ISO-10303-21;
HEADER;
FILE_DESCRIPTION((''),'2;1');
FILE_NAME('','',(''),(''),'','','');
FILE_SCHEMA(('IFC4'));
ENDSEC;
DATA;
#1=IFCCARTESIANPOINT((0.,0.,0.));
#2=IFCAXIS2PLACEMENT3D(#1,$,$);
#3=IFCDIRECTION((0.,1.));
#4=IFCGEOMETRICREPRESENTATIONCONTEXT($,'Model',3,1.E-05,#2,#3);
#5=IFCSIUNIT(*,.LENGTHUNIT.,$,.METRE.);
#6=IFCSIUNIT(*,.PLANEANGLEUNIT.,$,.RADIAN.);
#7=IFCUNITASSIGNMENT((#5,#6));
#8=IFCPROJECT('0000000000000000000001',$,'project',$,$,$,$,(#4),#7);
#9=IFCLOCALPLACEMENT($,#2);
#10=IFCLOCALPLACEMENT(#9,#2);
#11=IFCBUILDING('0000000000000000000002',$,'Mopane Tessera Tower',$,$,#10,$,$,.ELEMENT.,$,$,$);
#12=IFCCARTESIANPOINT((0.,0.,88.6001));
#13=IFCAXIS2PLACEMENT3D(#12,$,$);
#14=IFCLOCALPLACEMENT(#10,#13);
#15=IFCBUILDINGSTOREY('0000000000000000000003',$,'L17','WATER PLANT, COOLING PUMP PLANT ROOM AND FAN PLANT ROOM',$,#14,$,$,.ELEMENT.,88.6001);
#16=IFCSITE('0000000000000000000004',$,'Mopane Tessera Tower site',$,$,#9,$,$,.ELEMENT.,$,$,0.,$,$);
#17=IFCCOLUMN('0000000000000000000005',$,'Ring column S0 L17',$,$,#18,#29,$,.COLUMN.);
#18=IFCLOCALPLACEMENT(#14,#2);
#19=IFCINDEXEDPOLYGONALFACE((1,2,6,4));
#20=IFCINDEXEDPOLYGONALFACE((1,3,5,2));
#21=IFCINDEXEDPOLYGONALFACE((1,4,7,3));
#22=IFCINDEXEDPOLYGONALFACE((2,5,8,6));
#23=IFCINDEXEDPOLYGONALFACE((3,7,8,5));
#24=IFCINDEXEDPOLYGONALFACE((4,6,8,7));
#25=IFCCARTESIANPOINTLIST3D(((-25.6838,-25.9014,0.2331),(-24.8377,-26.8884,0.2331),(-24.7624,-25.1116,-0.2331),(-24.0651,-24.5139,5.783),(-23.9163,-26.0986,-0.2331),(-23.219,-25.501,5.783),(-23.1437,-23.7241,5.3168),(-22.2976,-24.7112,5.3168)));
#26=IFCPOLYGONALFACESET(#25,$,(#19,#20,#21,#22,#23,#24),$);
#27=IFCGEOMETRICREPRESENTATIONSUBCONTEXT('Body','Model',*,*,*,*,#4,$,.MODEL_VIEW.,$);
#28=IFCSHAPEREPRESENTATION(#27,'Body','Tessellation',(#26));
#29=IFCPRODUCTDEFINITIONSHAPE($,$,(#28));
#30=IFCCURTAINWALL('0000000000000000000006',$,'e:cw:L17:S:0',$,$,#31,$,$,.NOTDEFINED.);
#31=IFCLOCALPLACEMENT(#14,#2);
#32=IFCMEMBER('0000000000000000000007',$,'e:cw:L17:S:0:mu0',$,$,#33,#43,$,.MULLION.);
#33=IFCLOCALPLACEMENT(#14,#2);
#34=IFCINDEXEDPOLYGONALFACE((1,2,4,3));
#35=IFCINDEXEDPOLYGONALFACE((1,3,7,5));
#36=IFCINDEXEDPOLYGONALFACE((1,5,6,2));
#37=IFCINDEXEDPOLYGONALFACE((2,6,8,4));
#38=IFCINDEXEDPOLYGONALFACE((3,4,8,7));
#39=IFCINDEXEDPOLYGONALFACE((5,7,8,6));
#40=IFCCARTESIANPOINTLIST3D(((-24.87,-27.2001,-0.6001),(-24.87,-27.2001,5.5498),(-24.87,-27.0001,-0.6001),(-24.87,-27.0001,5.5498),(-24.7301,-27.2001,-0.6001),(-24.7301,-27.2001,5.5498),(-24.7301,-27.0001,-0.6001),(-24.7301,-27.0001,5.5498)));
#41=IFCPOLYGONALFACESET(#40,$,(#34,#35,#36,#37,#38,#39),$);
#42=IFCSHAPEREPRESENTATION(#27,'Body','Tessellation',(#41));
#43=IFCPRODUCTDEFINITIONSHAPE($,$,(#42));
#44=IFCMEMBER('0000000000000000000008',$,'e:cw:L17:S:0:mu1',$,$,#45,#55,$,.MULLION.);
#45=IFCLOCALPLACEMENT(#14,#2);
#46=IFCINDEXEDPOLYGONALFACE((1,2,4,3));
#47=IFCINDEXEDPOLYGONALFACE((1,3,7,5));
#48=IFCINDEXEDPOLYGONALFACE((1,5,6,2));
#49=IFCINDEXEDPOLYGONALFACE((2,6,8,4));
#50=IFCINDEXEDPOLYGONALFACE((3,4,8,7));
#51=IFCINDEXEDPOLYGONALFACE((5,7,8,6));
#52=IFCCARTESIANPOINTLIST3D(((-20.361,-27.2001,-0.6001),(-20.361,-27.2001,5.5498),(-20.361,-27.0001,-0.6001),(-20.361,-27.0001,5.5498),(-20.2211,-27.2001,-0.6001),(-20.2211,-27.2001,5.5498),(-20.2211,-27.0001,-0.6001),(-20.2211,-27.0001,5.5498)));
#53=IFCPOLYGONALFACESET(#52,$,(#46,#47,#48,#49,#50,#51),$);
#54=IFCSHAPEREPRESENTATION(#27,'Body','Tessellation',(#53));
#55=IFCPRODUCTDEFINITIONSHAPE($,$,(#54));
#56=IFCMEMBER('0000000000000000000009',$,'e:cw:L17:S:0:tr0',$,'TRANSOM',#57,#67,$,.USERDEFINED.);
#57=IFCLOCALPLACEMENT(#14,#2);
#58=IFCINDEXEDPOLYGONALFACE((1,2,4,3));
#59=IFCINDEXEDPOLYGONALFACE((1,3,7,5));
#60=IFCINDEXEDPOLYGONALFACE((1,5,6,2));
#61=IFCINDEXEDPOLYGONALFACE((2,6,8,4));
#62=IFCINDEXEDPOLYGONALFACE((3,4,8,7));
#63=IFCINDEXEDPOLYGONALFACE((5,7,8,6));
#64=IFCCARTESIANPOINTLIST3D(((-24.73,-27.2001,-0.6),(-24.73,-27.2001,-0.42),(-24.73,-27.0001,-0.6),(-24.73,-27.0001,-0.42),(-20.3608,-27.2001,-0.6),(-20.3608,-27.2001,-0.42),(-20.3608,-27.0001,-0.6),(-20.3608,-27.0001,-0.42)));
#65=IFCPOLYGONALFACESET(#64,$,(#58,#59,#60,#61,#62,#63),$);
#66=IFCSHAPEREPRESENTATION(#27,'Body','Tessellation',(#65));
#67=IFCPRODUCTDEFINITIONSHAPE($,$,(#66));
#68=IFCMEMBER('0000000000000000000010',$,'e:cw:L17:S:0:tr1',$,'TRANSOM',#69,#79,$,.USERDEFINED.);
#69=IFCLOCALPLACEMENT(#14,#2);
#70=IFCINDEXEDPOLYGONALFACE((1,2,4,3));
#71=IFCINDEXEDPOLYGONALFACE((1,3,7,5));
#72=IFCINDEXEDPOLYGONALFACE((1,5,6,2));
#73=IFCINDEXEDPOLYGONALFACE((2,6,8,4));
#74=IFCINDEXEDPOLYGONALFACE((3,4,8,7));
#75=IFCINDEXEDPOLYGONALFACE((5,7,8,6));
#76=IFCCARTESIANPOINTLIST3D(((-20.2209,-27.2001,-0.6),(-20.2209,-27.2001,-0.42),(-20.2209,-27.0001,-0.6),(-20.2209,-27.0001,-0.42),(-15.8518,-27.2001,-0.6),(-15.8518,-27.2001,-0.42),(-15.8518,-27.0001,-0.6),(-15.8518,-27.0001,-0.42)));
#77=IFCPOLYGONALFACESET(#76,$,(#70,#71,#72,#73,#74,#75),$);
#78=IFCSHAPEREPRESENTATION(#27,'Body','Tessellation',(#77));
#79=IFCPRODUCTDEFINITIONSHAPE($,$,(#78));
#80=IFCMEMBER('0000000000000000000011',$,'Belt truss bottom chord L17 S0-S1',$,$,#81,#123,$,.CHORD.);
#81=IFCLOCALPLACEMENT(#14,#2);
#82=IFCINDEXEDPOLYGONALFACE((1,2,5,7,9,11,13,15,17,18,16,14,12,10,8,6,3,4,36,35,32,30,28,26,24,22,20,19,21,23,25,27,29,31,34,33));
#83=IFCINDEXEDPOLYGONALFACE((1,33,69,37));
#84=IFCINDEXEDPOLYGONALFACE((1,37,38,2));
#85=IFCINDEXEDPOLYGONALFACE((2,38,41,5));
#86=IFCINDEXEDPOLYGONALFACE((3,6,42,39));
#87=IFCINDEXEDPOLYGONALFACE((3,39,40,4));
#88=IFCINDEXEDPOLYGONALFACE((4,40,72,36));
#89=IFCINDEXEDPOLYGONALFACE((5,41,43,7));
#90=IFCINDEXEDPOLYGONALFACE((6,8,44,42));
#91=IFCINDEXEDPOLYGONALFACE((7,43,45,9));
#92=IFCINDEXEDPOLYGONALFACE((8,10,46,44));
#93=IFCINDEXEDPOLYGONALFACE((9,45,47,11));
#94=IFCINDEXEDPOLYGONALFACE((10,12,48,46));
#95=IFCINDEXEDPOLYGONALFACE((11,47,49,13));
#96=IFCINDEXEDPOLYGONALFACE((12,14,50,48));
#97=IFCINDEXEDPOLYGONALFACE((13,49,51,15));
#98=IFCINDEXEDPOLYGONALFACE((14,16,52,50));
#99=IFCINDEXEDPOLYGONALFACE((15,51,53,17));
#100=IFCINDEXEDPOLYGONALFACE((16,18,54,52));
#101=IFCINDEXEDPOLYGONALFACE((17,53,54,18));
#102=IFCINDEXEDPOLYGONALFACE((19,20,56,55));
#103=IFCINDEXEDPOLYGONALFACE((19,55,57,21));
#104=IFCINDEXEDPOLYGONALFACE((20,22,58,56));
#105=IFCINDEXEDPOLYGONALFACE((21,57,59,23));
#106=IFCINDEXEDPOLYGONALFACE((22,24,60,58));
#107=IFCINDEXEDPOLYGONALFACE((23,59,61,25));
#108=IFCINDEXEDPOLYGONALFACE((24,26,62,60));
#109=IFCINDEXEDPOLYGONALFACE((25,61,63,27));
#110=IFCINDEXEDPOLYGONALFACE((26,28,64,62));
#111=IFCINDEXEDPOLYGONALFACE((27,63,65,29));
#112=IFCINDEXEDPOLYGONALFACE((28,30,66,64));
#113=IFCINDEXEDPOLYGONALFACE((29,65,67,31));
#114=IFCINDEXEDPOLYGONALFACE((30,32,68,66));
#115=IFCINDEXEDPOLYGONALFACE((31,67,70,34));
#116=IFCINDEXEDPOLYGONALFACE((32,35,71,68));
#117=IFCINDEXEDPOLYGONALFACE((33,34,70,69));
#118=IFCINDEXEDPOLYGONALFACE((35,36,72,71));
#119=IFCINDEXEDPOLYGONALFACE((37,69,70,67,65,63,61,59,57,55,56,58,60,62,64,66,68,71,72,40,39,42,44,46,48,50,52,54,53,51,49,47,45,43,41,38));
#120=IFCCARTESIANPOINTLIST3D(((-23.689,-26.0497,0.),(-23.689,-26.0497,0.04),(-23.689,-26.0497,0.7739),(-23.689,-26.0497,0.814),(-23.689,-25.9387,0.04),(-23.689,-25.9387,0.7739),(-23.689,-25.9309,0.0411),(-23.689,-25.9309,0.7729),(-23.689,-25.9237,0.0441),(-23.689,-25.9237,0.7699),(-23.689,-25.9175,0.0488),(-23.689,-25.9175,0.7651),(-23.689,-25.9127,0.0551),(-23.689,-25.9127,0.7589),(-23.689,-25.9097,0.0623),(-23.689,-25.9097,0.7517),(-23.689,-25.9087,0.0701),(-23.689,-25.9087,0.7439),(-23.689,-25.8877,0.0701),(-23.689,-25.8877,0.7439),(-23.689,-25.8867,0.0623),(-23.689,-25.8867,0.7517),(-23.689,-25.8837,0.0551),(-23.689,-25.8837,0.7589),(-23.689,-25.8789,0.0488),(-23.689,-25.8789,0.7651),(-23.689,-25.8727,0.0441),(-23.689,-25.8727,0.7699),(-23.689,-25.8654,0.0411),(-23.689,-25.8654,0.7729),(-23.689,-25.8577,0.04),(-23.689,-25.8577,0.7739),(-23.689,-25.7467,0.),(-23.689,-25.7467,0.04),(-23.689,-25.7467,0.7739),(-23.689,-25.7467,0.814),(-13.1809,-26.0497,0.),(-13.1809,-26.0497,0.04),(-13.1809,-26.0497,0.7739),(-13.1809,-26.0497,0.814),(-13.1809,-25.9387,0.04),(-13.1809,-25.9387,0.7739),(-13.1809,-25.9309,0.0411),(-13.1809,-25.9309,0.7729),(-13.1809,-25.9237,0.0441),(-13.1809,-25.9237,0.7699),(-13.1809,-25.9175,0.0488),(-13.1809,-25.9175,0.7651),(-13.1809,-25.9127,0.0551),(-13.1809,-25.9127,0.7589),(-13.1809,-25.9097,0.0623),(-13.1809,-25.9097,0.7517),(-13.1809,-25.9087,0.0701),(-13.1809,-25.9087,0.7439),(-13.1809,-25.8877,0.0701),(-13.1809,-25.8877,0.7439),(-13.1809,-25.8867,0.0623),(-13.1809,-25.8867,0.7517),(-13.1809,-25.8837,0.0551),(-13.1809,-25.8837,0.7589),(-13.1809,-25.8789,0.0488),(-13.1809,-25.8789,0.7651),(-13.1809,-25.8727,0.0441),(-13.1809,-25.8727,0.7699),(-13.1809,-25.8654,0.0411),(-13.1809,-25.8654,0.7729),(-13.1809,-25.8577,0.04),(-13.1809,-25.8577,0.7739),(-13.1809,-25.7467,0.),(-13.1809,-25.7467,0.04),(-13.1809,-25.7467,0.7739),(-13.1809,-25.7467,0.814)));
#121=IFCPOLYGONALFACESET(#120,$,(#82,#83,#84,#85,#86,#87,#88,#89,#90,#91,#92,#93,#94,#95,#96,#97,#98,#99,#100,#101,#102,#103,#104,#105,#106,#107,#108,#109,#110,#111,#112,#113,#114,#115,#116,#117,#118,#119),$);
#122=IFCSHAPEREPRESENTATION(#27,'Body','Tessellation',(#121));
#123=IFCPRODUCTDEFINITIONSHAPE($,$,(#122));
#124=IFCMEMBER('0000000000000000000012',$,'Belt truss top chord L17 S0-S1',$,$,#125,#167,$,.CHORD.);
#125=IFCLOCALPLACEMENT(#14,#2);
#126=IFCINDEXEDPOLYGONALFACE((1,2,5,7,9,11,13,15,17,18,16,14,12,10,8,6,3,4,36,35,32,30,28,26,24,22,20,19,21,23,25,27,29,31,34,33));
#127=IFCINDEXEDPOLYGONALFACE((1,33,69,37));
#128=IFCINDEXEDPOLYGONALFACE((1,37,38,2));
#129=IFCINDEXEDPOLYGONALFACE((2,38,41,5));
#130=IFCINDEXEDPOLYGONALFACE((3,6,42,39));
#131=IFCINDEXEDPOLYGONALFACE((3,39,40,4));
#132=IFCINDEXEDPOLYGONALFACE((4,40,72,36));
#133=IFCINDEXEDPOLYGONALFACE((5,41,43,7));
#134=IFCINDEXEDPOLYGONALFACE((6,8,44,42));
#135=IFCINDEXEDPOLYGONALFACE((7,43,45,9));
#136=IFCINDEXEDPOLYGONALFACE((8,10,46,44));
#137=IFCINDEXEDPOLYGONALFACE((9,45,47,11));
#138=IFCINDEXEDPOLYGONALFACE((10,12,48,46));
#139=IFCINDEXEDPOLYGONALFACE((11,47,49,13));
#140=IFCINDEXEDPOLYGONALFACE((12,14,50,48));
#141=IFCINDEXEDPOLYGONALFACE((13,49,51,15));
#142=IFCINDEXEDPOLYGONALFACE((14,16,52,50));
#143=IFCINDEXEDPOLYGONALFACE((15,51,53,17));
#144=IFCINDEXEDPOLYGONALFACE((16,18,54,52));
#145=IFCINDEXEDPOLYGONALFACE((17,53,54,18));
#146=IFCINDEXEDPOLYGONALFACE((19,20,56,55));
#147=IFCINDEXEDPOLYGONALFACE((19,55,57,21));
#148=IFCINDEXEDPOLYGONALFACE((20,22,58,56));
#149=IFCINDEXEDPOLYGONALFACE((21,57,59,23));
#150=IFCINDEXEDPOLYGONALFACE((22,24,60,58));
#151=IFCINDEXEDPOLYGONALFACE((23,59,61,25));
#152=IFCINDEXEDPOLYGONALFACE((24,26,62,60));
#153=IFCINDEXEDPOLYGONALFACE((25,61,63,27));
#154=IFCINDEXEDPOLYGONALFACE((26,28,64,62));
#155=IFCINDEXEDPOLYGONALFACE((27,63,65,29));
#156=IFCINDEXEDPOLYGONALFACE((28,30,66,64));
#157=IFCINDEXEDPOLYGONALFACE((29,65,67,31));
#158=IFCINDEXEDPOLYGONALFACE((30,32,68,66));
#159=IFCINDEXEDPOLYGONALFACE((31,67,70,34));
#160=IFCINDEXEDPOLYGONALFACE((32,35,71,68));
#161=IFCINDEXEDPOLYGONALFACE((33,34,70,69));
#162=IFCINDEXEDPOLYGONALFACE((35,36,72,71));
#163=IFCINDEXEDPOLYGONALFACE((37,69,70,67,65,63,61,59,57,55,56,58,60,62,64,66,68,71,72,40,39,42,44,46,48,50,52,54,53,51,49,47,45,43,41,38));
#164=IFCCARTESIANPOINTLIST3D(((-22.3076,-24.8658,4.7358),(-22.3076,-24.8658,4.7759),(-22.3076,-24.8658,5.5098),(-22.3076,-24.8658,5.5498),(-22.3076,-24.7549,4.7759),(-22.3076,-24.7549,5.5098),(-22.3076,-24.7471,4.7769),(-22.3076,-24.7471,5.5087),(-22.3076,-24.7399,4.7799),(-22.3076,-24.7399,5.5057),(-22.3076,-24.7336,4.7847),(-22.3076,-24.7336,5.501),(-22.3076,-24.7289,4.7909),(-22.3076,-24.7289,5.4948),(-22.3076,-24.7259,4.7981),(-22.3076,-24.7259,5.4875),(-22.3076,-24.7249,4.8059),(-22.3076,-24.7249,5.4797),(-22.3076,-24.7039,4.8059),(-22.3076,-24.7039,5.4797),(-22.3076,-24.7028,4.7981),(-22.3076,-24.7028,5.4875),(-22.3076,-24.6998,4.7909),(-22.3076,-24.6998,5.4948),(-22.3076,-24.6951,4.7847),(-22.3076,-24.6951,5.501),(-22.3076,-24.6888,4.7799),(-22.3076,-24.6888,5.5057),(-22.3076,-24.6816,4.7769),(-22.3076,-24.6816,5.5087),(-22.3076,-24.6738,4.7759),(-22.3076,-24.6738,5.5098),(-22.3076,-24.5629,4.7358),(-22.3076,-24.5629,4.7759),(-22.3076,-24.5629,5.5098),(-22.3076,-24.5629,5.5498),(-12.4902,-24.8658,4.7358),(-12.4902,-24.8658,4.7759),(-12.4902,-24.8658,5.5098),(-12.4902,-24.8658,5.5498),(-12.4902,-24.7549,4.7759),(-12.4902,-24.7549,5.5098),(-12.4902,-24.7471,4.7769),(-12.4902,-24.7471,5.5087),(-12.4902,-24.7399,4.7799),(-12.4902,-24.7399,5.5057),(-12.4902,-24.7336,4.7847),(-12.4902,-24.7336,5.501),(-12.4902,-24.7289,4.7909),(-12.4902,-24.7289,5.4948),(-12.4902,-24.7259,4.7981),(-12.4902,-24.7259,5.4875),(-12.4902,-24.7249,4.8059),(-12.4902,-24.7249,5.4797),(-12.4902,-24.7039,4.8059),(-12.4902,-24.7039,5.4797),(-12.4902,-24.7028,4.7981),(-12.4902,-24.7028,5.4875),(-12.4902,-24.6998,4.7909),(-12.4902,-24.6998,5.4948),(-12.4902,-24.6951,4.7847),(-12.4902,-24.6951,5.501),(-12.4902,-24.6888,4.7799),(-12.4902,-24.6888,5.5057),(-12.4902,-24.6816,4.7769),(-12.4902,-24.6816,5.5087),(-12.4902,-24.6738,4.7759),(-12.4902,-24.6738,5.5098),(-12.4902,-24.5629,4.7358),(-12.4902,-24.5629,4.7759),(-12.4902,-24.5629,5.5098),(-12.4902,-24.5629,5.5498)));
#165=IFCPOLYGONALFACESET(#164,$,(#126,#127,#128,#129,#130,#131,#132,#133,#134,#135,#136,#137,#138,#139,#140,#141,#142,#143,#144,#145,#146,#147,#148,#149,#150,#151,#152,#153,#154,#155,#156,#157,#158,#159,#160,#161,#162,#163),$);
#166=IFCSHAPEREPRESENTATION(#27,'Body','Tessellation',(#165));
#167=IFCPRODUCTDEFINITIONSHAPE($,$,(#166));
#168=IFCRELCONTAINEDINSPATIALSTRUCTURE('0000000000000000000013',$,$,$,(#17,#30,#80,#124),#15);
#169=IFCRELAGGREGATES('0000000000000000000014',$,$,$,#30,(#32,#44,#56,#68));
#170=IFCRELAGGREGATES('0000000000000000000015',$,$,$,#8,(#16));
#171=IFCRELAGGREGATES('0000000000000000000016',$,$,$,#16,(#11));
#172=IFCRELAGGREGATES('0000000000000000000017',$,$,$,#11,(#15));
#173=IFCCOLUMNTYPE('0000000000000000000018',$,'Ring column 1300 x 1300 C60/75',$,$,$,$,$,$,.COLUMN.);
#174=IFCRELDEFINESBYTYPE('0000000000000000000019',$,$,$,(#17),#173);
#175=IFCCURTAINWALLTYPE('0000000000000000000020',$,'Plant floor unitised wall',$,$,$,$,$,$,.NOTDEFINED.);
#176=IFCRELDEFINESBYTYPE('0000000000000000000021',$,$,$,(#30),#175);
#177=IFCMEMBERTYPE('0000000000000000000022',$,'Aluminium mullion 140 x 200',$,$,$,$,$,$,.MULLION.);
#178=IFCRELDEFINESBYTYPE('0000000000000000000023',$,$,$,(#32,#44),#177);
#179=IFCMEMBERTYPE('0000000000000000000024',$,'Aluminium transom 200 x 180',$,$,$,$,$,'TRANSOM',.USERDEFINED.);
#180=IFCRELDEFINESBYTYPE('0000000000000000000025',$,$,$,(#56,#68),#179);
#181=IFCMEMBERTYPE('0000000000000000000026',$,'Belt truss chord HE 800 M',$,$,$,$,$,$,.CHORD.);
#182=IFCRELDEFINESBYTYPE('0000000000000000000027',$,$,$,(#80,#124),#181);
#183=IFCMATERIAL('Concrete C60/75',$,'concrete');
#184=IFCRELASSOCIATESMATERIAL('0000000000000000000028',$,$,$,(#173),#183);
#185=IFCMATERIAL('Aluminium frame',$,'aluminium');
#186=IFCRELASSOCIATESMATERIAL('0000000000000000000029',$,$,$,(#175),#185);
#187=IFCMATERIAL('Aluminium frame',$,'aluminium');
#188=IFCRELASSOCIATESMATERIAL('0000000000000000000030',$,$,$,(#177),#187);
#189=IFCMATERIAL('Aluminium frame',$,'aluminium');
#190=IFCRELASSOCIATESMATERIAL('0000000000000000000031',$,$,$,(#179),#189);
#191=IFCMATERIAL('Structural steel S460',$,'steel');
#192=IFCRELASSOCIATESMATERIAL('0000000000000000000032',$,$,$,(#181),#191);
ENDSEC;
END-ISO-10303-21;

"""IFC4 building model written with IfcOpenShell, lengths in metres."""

from ifc_helpers import new_model, si_unit, direction, frame, origin, origin_2d, place, context, subcontext, project, spatial, rectangle, i_section, extrude, material, material_profile, profile_set, type_object, element, aggregate, save


model = new_model("IFC4")

# Units and contexts
model_context = context("Model", 3, precision=1e-05, world=origin(), true_north=direction((0.0, 1.0)))
body_context = subcontext(model_context, "Body", "Model", "MODEL_VIEW")
ifc_project = project(units=[si_unit("LENGTHUNIT", "METRE"), si_unit("PLANEANGLEUNIT", "RADIAN")], contexts=[model_context])

# Site, building, storey
site_placement = place(None, origin())
site = spatial("IfcSite", under=ifc_project, at=site_placement, Name="Mopane Tessera Tower site", CompositionType="ELEMENT", RefElevation=0.0)
building_placement = place(site_placement, origin())
building = spatial("IfcBuilding", under=site, at=building_placement, Name="Mopane Tessera Tower", CompositionType="ELEMENT")
storey_placement = place(building_placement, frame((0.0, 0.0, 88.6001)))
storey = spatial("IfcBuildingStorey", under=building, at=storey_placement, Name="L17", Description="WATER PLANT, COOLING PUMP PLANT ROOM AND FAN PLANT ROOM", CompositionType="ELEMENT", Elevation=88.6001)

# Column
ifc_material_1 = material(Name="Concrete C60/75", Category="concrete")
ifc_material_profile_1 = material_profile(ifc_material_1, rectangle(XDim=1.3, YDim=1.3, at=origin_2d()))
ifc_profile_set_1 = profile_set([ifc_material_profile_1], Name="Concrete C60/75")
column_type = type_object("IfcColumnType", Name="Ring column 1300 x 1300 C60/75", PredefinedType="COLUMN", material=ifc_profile_set_1)
column_placement = place(storey_placement, frame((-24.8, -26.0, 0.0), z_axis=(0.272262, 0.233373, 0.933494), x_axis=(-0.650801, 0.759249, 0.0)))
element("IfcColumn", 1, at=column_placement, inside=storey, type_object=column_type, Name="Ring column S0 L17", PredefinedType="COLUMN", context=body_context, shape_type="SweptSolid", body=[
    extrude(rectangle(XDim=1.3, YDim=1.3, at=origin_2d()), origin(), (0.0, 0.0, 1.0), 5.9453),
])

# Curtain wall, members
ifc_material_2 = material(Name="Aluminium frame", Category="aluminium")
curtain_wall_type = type_object("IfcCurtainWallType", Name="Plant floor unitised wall", PredefinedType="NOTDEFINED", material=ifc_material_2)
curtain_wall_placement = place(storey_placement, origin())
curtain_wall = element("IfcCurtainWall", 2, at=curtain_wall_placement, inside=storey, type_object=curtain_wall_type, Name="e:cw:L17:S:0", PredefinedType="NOTDEFINED")
ifc_material_3 = material(Name="Aluminium frame", Category="aluminium")
ifc_material_profile_2 = material_profile(ifc_material_3, rectangle(XDim=0.1399, YDim=0.2, at=origin_2d()))
ifc_profile_set_2 = profile_set([ifc_material_profile_2], Name="Aluminium frame")
member_type_1 = type_object("IfcMemberType", Name="Aluminium mullion 140 x 200", PredefinedType="MULLION", material=ifc_profile_set_2)
member_1_placement = place(storey_placement, frame((-24.8, -27.1001, -0.6001), z_axis=(0.0, 0.0, 1.0), x_axis=(1.0, 0.0, 0.0)))
member_1 = element("IfcMember", 3, at=member_1_placement, type_object=member_type_1, Name="e:cw:L17:S:0:mu0", PredefinedType="MULLION", context=body_context, shape_type="SweptSolid", body=[
    extrude(rectangle(XDim=0.1399, YDim=0.2, at=origin_2d()), origin(), (0.0, 0.0, 1.0), 6.1499),
])
member_2_placement = place(storey_placement, frame((-20.291, -27.1001, -0.6001), z_axis=(0.0, 0.0, 1.0), x_axis=(1.0, 0.0, 0.0)))
member_2 = element("IfcMember", 4, at=member_2_placement, type_object=member_type_1, Name="e:cw:L17:S:0:mu1", PredefinedType="MULLION", context=body_context, shape_type="SweptSolid", body=[
    extrude(rectangle(XDim=0.1399, YDim=0.2, at=origin_2d()), origin(), (0.0, 0.0, 1.0), 6.1499),
])
ifc_material_4 = material(Name="Aluminium frame", Category="aluminium")
ifc_material_profile_3 = material_profile(ifc_material_4, rectangle(XDim=0.2, YDim=0.1799, at=origin_2d()))
ifc_profile_set_3 = profile_set([ifc_material_profile_3], Name="Aluminium frame")
member_type_2 = type_object("IfcMemberType", Name="Aluminium transom 200 x 180", ElementType="TRANSOM", PredefinedType="USERDEFINED", material=ifc_profile_set_3)
member_3_placement = place(storey_placement, frame((-24.73, -27.1001, -0.51), z_axis=(1.0, 0.0, 0.0), x_axis=(0.0, 1.0, 0.0)))
member_3 = element("IfcMember", 5, at=member_3_placement, type_object=member_type_2, Name="e:cw:L17:S:0:tr0", ObjectType="TRANSOM", PredefinedType="USERDEFINED", context=body_context, shape_type="SweptSolid", body=[
    extrude(rectangle(XDim=0.2, YDim=0.1799, at=origin_2d()), origin(), (0.0, 0.0, 1.0), 4.3691),
])
member_4_placement = place(storey_placement, frame((-20.2209, -27.1001, -0.51), z_axis=(1.0, 0.0, 0.0), x_axis=(0.0, 1.0, 0.0)))
member_4 = element("IfcMember", 6, at=member_4_placement, type_object=member_type_2, Name="e:cw:L17:S:0:tr1", ObjectType="TRANSOM", PredefinedType="USERDEFINED", context=body_context, shape_type="SweptSolid", body=[
    extrude(rectangle(XDim=0.2, YDim=0.1799, at=origin_2d()), origin(), (0.0, 0.0, 1.0), 4.3691),
])

# Members
ifc_material_5 = material(Name="Structural steel S460", Category="steel")
ifc_material_profile_4 = material_profile(ifc_material_5, i_section(OverallWidth=0.303, OverallDepth=0.814, WebThickness=0.021, FlangeThickness=0.04, FilletRadius=0.03, at=origin_2d()))
ifc_profile_set_4 = profile_set([ifc_material_profile_4], Name="Structural steel S460")
member_type_3 = type_object("IfcMemberType", Name="Belt truss chord HE 800 M", PredefinedType="CHORD", material=ifc_profile_set_4)
member_5_placement = place(storey_placement, frame((-23.689, -25.8982, 0.407), z_axis=(1.0, 0.0, 0.0), x_axis=(0.0, 1.0, 0.0)))
element("IfcMember", 7, at=member_5_placement, inside=storey, type_object=member_type_3, Name="Belt truss bottom chord L17 S0-S1", PredefinedType="CHORD", context=body_context, shape_type="SweptSolid", body=[
    extrude(i_section(OverallWidth=0.303, OverallDepth=0.814, WebThickness=0.021, FlangeThickness=0.04, FilletRadius=0.03, at=origin_2d()), origin(), (0.0, 0.0, 1.0), 10.5081),
])
member_6_placement = place(storey_placement, frame((-22.3076, -24.7144, 5.1428), z_axis=(1.0, 0.0, 0.0), x_axis=(0.0, 1.0, 0.0)))
element("IfcMember", 8, at=member_6_placement, inside=storey, type_object=member_type_3, Name="Belt truss top chord L17 S0-S1", PredefinedType="CHORD", context=body_context, shape_type="SweptSolid", body=[
    extrude(i_section(OverallWidth=0.303, OverallDepth=0.814, WebThickness=0.021, FlangeThickness=0.04, FilletRadius=0.03, at=origin_2d()), origin(), (0.0, 0.0, 1.0), 9.8174),
])

aggregate(curtain_wall, [member_1, member_2, member_3, member_4])

save(model, "model.ifc")
